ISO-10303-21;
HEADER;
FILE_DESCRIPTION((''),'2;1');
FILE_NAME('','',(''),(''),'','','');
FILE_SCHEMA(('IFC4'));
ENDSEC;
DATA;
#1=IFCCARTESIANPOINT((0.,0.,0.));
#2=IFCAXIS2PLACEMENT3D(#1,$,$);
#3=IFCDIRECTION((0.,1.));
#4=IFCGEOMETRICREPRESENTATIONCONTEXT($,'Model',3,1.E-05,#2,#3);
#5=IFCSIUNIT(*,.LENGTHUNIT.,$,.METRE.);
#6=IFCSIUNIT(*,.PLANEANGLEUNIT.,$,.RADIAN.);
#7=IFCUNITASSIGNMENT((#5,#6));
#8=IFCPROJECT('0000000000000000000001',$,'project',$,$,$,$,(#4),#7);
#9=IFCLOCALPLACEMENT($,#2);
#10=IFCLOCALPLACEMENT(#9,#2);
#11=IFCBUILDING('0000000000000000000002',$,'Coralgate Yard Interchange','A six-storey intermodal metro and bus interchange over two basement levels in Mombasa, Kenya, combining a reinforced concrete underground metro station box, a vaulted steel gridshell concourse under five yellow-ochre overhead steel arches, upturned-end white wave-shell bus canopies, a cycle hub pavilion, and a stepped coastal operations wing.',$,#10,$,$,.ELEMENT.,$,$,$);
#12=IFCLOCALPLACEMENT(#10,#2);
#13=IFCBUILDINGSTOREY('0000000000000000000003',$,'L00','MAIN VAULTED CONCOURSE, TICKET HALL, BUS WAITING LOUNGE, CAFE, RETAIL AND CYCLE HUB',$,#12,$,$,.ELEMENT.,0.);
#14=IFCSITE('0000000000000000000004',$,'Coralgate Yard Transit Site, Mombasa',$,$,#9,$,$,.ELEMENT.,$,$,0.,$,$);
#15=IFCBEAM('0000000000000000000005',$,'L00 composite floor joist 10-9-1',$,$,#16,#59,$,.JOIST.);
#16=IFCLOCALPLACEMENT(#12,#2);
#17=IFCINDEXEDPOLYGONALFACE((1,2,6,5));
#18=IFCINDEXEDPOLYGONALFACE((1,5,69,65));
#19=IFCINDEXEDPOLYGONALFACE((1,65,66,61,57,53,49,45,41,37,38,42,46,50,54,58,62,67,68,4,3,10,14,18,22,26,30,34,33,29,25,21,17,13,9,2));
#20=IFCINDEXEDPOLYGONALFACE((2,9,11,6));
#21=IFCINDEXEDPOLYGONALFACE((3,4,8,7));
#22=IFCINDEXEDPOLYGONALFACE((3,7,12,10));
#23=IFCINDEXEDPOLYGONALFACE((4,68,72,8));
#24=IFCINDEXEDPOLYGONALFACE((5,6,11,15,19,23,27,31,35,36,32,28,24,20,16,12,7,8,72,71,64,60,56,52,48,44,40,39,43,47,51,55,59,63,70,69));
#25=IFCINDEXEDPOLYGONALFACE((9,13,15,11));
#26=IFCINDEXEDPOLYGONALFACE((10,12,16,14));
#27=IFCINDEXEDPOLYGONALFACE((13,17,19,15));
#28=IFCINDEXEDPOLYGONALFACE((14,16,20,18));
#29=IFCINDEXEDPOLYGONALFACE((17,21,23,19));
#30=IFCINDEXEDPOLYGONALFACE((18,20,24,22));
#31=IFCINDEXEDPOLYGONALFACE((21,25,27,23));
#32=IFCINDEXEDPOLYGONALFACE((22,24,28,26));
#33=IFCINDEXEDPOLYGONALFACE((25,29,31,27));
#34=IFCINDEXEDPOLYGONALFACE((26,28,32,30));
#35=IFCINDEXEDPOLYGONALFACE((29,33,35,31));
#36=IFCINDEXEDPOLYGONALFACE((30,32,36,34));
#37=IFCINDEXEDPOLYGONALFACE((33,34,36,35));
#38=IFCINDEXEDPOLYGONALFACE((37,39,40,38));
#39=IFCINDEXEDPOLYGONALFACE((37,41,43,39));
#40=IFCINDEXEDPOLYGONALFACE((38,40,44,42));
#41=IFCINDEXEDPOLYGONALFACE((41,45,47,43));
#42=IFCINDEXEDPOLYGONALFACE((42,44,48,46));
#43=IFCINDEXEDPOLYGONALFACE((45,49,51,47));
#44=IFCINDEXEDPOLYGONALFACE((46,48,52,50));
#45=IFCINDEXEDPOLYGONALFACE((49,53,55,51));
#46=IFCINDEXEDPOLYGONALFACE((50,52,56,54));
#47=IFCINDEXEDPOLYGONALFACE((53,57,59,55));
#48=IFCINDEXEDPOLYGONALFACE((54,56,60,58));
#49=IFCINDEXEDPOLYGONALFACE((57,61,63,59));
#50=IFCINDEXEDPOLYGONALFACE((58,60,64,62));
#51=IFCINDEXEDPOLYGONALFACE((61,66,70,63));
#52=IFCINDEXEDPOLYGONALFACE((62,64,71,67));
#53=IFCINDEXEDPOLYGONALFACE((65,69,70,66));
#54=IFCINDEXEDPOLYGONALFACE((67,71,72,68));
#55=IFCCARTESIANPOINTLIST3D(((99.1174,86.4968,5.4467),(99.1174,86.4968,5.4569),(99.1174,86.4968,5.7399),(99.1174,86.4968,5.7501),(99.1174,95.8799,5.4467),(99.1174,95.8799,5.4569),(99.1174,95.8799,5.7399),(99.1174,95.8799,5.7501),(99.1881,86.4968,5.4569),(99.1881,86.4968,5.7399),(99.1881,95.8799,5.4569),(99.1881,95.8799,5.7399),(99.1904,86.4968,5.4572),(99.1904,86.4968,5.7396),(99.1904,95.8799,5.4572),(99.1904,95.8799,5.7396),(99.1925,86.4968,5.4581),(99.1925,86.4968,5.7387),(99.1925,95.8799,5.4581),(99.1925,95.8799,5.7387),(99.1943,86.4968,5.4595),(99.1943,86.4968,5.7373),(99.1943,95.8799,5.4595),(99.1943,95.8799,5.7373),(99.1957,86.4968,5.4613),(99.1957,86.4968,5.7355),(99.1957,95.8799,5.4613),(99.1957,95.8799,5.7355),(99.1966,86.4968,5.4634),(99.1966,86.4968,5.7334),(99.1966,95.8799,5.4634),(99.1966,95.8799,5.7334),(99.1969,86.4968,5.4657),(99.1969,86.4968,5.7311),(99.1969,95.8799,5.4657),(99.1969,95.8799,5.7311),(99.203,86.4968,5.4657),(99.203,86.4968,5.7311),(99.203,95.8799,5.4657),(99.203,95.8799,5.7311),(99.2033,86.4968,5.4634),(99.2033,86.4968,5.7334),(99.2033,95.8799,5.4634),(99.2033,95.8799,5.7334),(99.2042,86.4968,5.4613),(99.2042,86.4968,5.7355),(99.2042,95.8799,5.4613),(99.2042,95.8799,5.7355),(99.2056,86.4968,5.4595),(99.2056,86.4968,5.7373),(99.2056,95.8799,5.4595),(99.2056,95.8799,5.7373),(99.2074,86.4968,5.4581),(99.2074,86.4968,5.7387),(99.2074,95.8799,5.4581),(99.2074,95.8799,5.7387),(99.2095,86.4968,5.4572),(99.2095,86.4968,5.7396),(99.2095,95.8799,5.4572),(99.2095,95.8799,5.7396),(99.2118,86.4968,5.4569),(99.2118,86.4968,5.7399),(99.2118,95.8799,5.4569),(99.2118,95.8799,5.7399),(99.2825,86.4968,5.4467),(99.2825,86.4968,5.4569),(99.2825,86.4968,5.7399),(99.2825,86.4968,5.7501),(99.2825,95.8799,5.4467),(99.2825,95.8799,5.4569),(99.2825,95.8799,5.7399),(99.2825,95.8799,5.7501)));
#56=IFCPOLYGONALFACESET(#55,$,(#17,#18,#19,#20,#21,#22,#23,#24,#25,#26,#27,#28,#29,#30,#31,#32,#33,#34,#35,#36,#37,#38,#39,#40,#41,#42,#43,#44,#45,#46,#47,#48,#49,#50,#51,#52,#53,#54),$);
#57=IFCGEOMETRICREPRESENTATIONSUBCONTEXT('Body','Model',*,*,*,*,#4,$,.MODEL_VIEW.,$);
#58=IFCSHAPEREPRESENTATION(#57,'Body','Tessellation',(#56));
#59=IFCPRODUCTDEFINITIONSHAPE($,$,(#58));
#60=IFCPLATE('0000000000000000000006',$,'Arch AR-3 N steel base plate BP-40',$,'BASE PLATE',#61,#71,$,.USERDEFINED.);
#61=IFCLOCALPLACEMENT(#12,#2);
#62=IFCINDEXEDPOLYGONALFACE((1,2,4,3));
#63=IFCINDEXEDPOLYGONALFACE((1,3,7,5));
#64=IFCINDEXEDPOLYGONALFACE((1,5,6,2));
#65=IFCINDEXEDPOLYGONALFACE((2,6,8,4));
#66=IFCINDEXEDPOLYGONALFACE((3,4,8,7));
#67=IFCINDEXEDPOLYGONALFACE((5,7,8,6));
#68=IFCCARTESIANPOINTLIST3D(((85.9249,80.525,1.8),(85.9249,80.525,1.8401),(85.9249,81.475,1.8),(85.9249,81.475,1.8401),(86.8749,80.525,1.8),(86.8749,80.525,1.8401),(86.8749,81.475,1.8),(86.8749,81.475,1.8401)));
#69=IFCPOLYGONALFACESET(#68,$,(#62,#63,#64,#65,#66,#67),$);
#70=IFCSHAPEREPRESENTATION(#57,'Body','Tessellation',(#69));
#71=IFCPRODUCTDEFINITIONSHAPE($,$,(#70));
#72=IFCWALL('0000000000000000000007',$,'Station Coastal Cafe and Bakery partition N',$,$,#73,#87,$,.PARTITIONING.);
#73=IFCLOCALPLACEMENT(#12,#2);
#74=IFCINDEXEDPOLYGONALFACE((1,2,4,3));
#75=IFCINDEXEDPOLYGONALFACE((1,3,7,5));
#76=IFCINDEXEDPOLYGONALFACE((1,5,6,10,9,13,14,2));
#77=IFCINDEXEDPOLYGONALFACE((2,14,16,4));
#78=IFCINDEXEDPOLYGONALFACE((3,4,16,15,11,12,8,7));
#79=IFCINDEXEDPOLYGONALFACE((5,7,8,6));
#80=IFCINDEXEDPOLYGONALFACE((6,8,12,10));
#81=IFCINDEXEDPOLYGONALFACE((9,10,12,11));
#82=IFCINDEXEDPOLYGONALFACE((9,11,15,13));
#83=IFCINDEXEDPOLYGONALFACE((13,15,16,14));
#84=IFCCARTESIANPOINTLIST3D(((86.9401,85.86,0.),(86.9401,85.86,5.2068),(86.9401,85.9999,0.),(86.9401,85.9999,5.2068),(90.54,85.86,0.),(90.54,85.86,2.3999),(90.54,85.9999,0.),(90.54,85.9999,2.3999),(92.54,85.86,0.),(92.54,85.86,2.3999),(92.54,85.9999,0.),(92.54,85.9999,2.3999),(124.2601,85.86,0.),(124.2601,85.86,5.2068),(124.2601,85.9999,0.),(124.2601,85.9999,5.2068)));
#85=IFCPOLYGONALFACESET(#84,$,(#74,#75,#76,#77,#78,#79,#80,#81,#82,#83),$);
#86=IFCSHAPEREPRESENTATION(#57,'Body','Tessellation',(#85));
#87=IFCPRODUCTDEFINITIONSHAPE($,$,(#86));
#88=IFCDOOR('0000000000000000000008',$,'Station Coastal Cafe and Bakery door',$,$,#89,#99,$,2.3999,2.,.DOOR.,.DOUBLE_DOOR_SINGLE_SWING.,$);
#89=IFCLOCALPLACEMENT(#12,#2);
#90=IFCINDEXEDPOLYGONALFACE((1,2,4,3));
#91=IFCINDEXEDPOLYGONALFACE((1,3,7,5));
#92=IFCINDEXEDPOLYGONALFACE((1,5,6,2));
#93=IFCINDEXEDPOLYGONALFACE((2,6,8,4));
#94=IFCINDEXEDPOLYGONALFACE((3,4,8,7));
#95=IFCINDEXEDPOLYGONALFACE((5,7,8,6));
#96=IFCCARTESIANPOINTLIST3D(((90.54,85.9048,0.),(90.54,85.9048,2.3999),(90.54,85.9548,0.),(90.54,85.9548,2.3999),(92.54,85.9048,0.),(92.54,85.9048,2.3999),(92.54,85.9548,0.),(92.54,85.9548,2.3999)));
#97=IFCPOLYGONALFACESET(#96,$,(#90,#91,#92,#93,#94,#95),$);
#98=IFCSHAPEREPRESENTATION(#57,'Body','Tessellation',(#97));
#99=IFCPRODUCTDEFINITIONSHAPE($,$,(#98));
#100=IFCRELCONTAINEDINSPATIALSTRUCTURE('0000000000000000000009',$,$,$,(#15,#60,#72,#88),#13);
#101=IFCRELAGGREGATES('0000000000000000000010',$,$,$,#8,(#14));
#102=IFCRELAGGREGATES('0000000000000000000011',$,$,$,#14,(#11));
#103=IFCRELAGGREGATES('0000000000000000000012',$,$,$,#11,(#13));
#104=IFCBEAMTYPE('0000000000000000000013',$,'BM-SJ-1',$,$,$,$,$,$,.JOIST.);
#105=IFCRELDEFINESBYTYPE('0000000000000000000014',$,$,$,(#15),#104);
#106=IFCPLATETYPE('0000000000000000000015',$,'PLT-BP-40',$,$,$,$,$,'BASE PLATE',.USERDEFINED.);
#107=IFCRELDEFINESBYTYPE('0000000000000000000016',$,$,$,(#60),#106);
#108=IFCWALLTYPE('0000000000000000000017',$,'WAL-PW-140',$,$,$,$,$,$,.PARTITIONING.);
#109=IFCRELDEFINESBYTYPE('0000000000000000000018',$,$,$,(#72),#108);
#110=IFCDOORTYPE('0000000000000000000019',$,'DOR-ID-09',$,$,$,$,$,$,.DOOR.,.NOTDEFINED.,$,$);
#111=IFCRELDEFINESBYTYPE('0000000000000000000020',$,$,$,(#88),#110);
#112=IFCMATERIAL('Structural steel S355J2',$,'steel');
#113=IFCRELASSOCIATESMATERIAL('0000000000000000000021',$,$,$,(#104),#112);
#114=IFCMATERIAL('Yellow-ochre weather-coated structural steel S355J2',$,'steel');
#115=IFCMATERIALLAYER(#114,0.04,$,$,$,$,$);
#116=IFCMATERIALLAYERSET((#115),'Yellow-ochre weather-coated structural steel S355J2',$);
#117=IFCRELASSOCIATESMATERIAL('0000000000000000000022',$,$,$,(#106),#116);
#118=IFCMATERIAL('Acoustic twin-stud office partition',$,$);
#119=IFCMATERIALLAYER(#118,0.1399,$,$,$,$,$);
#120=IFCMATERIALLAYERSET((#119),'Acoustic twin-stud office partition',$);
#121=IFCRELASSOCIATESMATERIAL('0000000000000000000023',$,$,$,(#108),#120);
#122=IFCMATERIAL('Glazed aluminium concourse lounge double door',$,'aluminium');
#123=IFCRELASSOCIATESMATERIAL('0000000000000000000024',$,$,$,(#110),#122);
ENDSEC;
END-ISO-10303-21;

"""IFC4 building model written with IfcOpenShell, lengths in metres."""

from ifc_helpers import new_model, si_unit, direction, frame, frame_2d, origin, origin_2d, place, context, subcontext, project, spatial, rectangle, i_section, extrude, material, layer, layer_set, material_profile, profile_set, type_object, element, fill, save


model = new_model("IFC4")

# Units and contexts
model_context = context("Model", 3, precision=1e-05, world=origin(), true_north=direction((0.0, 1.0)))
body_context = subcontext(model_context, "Body", "Model", "MODEL_VIEW")
ifc_project = project(units=[si_unit("LENGTHUNIT", "METRE"), si_unit("PLANEANGLEUNIT", "RADIAN")], contexts=[model_context])

# Site, building, storey
site_placement = place(None, origin())
site = spatial("IfcSite", under=ifc_project, at=site_placement, Name="Coralgate Yard Transit Site, Mombasa", CompositionType="ELEMENT", RefElevation=0.0)
building_placement = place(site_placement, origin())
building = spatial("IfcBuilding", under=site, at=building_placement, Name="Coralgate Yard Interchange", Description="A six-storey intermodal metro and bus interchange over two basement levels in Mombasa, Kenya, combining a reinforced concrete underground metro station box, a vaulted steel gridshell concourse under five yellow-ochre overhead steel arches, upturned-end white wave-shell bus canopies, a cycle hub pavilion, and a stepped coastal operations wing.", CompositionType="ELEMENT")
storey_placement = place(building_placement, origin())
storey = spatial("IfcBuildingStorey", under=building, at=storey_placement, Name="L00", Description="MAIN VAULTED CONCOURSE, TICKET HALL, BUS WAITING LOUNGE, CAFE, RETAIL AND CYCLE HUB", CompositionType="ELEMENT", Elevation=0.0)

# Shared definitions
ifc_material_1 = material(Name="Structural steel S355J2", Category="steel")

# Beam
ifc_material_profile_1 = material_profile(ifc_material_1, i_section(OverallWidth=0.165, OverallDepth=0.3035, WebThickness=0.0061, FlangeThickness=0.0103, FilletRadius=0.0088, at=origin_2d()), Name="UB 305x165x40")
ifc_profile_set_1 = profile_set([ifc_material_profile_1], Name="Structural steel S355J2")
beam_type_1 = type_object("IfcBeamType", Name="BM-SJ-1", PredefinedType="JOIST", material=ifc_profile_set_1)
for number, where, z_axis, x_axis, name in (
    (1, (99.2, 86.4968, 5.5984), (0.0, 1.0, 0.0), (-1.0, 0.0, 0.0), "L00 composite floor joist 10-9-1"),
):
    element("IfcBeam", number, at=place(storey_placement, frame(where, z_axis=z_axis, x_axis=x_axis)), inside=storey, type_object=beam_type_1, Name=name, PredefinedType="JOIST", context=body_context, shape_type="SweptSolid", body=[
        extrude(i_section(OverallWidth=0.165, OverallDepth=0.3035, WebThickness=0.0061, FlangeThickness=0.0103, FilletRadius=0.0088, at=origin_2d()), origin(), (0.0, 0.0, 1.0), 9.3831),
    ])

# Plate
ifc_material_2 = material(Name="Yellow-ochre weather-coated structural steel S355J2", Category="steel")
ifc_layer_1 = layer(ifc_material_2, 0.04)
ifc_layer_set_1 = layer_set([ifc_layer_1], Name="Yellow-ochre weather-coated structural steel S355J2")
plate_type = type_object("IfcPlateType", Name="PLT-BP-40", ElementType="BASE PLATE", PredefinedType="USERDEFINED", material=ifc_layer_set_1)
plate_placement = place(storey_placement, frame((86.3999, 81.0, 1.8), z_axis=(0.0, 0.0, 1.0), x_axis=(1.0, 0.0, 0.0)))
element("IfcPlate", 2, at=plate_placement, inside=storey, type_object=plate_type, Name="Arch AR-3 N steel base plate BP-40", ObjectType="BASE PLATE", PredefinedType="USERDEFINED", context=body_context, shape_type="SweptSolid", body=[
    extrude(rectangle(XDim=0.95, YDim=0.95, at=origin_2d()), origin(), (0.0, 0.0, 1.0), 0.04),
])

# Wall, opening, door
ifc_material_3 = material(Name="Acoustic twin-stud office partition")
ifc_layer_2 = layer(ifc_material_3, 0.1399)
ifc_layer_set_2 = layer_set([ifc_layer_2], Name="Acoustic twin-stud office partition")
wall_type = type_object("IfcWallType", Name="WAL-PW-140", PredefinedType="PARTITIONING", material=ifc_layer_set_2)
wall_placement = place(storey_placement, frame((86.9399, 85.9299, 0.0), z_axis=(0.0, 0.0, 1.0), x_axis=(1.0, 0.0, 0.0)))
wall = element("IfcWall", 3, at=wall_placement, inside=storey, type_object=wall_type, Name="Station Coastal Cafe and Bakery partition N", PredefinedType="PARTITIONING", context=body_context, shape_type="SweptSolid", body=[
    extrude(rectangle(XDim=37.3201, YDim=0.1399, at=frame_2d((18.6602, 0.0))), origin(), (0.0, 0.0, 1.0), 5.2068),
])
opening_placement = place(wall_placement, frame((3.6001, 0.0, 0.0)))
opening = element("IfcOpeningElement", 4, at=opening_placement, cuts=wall, PredefinedType="OPENING", context=body_context, shape_type="SweptSolid", body=[
    extrude(rectangle(XDim=2.0, YDim=2.3999, at=frame_2d((1.0, 1.2))), frame((0.0, 0.0798, 0.0), z_axis=(0.0, -1.0, 0.0), x_axis=(1.0, 0.0, 0.0)), (0.0, 0.0, 1.0), 0.1599),
])
ifc_material_4 = material(Name="Glazed aluminium concourse lounge double door", Category="aluminium")
door_type = type_object("IfcDoorType", Name="DOR-ID-09", OperationType="NOTDEFINED", PredefinedType="DOOR", material=ifc_material_4)
door_placement = place(opening_placement, origin())
door = element("IfcDoor", 5, at=door_placement, inside=storey, type_object=door_type, Name="Station Coastal Cafe and Bakery door", OperationType="DOUBLE_DOOR_SINGLE_SWING", OverallHeight=2.3999, OverallWidth=2.0, PredefinedType="DOOR", context=body_context, shape_type="SweptSolid", body=[
    extrude(rectangle(XDim=2.0, YDim=2.3999, at=frame_2d((1.0, 1.2))), frame((0.0, 0.0249, 0.0), z_axis=(0.0, -1.0, 0.0), x_axis=(1.0, 0.0, 0.0)), (0.0, 0.0, 1.0), 0.05),
])
fill(opening, door)

save(model, "model.ifc")
